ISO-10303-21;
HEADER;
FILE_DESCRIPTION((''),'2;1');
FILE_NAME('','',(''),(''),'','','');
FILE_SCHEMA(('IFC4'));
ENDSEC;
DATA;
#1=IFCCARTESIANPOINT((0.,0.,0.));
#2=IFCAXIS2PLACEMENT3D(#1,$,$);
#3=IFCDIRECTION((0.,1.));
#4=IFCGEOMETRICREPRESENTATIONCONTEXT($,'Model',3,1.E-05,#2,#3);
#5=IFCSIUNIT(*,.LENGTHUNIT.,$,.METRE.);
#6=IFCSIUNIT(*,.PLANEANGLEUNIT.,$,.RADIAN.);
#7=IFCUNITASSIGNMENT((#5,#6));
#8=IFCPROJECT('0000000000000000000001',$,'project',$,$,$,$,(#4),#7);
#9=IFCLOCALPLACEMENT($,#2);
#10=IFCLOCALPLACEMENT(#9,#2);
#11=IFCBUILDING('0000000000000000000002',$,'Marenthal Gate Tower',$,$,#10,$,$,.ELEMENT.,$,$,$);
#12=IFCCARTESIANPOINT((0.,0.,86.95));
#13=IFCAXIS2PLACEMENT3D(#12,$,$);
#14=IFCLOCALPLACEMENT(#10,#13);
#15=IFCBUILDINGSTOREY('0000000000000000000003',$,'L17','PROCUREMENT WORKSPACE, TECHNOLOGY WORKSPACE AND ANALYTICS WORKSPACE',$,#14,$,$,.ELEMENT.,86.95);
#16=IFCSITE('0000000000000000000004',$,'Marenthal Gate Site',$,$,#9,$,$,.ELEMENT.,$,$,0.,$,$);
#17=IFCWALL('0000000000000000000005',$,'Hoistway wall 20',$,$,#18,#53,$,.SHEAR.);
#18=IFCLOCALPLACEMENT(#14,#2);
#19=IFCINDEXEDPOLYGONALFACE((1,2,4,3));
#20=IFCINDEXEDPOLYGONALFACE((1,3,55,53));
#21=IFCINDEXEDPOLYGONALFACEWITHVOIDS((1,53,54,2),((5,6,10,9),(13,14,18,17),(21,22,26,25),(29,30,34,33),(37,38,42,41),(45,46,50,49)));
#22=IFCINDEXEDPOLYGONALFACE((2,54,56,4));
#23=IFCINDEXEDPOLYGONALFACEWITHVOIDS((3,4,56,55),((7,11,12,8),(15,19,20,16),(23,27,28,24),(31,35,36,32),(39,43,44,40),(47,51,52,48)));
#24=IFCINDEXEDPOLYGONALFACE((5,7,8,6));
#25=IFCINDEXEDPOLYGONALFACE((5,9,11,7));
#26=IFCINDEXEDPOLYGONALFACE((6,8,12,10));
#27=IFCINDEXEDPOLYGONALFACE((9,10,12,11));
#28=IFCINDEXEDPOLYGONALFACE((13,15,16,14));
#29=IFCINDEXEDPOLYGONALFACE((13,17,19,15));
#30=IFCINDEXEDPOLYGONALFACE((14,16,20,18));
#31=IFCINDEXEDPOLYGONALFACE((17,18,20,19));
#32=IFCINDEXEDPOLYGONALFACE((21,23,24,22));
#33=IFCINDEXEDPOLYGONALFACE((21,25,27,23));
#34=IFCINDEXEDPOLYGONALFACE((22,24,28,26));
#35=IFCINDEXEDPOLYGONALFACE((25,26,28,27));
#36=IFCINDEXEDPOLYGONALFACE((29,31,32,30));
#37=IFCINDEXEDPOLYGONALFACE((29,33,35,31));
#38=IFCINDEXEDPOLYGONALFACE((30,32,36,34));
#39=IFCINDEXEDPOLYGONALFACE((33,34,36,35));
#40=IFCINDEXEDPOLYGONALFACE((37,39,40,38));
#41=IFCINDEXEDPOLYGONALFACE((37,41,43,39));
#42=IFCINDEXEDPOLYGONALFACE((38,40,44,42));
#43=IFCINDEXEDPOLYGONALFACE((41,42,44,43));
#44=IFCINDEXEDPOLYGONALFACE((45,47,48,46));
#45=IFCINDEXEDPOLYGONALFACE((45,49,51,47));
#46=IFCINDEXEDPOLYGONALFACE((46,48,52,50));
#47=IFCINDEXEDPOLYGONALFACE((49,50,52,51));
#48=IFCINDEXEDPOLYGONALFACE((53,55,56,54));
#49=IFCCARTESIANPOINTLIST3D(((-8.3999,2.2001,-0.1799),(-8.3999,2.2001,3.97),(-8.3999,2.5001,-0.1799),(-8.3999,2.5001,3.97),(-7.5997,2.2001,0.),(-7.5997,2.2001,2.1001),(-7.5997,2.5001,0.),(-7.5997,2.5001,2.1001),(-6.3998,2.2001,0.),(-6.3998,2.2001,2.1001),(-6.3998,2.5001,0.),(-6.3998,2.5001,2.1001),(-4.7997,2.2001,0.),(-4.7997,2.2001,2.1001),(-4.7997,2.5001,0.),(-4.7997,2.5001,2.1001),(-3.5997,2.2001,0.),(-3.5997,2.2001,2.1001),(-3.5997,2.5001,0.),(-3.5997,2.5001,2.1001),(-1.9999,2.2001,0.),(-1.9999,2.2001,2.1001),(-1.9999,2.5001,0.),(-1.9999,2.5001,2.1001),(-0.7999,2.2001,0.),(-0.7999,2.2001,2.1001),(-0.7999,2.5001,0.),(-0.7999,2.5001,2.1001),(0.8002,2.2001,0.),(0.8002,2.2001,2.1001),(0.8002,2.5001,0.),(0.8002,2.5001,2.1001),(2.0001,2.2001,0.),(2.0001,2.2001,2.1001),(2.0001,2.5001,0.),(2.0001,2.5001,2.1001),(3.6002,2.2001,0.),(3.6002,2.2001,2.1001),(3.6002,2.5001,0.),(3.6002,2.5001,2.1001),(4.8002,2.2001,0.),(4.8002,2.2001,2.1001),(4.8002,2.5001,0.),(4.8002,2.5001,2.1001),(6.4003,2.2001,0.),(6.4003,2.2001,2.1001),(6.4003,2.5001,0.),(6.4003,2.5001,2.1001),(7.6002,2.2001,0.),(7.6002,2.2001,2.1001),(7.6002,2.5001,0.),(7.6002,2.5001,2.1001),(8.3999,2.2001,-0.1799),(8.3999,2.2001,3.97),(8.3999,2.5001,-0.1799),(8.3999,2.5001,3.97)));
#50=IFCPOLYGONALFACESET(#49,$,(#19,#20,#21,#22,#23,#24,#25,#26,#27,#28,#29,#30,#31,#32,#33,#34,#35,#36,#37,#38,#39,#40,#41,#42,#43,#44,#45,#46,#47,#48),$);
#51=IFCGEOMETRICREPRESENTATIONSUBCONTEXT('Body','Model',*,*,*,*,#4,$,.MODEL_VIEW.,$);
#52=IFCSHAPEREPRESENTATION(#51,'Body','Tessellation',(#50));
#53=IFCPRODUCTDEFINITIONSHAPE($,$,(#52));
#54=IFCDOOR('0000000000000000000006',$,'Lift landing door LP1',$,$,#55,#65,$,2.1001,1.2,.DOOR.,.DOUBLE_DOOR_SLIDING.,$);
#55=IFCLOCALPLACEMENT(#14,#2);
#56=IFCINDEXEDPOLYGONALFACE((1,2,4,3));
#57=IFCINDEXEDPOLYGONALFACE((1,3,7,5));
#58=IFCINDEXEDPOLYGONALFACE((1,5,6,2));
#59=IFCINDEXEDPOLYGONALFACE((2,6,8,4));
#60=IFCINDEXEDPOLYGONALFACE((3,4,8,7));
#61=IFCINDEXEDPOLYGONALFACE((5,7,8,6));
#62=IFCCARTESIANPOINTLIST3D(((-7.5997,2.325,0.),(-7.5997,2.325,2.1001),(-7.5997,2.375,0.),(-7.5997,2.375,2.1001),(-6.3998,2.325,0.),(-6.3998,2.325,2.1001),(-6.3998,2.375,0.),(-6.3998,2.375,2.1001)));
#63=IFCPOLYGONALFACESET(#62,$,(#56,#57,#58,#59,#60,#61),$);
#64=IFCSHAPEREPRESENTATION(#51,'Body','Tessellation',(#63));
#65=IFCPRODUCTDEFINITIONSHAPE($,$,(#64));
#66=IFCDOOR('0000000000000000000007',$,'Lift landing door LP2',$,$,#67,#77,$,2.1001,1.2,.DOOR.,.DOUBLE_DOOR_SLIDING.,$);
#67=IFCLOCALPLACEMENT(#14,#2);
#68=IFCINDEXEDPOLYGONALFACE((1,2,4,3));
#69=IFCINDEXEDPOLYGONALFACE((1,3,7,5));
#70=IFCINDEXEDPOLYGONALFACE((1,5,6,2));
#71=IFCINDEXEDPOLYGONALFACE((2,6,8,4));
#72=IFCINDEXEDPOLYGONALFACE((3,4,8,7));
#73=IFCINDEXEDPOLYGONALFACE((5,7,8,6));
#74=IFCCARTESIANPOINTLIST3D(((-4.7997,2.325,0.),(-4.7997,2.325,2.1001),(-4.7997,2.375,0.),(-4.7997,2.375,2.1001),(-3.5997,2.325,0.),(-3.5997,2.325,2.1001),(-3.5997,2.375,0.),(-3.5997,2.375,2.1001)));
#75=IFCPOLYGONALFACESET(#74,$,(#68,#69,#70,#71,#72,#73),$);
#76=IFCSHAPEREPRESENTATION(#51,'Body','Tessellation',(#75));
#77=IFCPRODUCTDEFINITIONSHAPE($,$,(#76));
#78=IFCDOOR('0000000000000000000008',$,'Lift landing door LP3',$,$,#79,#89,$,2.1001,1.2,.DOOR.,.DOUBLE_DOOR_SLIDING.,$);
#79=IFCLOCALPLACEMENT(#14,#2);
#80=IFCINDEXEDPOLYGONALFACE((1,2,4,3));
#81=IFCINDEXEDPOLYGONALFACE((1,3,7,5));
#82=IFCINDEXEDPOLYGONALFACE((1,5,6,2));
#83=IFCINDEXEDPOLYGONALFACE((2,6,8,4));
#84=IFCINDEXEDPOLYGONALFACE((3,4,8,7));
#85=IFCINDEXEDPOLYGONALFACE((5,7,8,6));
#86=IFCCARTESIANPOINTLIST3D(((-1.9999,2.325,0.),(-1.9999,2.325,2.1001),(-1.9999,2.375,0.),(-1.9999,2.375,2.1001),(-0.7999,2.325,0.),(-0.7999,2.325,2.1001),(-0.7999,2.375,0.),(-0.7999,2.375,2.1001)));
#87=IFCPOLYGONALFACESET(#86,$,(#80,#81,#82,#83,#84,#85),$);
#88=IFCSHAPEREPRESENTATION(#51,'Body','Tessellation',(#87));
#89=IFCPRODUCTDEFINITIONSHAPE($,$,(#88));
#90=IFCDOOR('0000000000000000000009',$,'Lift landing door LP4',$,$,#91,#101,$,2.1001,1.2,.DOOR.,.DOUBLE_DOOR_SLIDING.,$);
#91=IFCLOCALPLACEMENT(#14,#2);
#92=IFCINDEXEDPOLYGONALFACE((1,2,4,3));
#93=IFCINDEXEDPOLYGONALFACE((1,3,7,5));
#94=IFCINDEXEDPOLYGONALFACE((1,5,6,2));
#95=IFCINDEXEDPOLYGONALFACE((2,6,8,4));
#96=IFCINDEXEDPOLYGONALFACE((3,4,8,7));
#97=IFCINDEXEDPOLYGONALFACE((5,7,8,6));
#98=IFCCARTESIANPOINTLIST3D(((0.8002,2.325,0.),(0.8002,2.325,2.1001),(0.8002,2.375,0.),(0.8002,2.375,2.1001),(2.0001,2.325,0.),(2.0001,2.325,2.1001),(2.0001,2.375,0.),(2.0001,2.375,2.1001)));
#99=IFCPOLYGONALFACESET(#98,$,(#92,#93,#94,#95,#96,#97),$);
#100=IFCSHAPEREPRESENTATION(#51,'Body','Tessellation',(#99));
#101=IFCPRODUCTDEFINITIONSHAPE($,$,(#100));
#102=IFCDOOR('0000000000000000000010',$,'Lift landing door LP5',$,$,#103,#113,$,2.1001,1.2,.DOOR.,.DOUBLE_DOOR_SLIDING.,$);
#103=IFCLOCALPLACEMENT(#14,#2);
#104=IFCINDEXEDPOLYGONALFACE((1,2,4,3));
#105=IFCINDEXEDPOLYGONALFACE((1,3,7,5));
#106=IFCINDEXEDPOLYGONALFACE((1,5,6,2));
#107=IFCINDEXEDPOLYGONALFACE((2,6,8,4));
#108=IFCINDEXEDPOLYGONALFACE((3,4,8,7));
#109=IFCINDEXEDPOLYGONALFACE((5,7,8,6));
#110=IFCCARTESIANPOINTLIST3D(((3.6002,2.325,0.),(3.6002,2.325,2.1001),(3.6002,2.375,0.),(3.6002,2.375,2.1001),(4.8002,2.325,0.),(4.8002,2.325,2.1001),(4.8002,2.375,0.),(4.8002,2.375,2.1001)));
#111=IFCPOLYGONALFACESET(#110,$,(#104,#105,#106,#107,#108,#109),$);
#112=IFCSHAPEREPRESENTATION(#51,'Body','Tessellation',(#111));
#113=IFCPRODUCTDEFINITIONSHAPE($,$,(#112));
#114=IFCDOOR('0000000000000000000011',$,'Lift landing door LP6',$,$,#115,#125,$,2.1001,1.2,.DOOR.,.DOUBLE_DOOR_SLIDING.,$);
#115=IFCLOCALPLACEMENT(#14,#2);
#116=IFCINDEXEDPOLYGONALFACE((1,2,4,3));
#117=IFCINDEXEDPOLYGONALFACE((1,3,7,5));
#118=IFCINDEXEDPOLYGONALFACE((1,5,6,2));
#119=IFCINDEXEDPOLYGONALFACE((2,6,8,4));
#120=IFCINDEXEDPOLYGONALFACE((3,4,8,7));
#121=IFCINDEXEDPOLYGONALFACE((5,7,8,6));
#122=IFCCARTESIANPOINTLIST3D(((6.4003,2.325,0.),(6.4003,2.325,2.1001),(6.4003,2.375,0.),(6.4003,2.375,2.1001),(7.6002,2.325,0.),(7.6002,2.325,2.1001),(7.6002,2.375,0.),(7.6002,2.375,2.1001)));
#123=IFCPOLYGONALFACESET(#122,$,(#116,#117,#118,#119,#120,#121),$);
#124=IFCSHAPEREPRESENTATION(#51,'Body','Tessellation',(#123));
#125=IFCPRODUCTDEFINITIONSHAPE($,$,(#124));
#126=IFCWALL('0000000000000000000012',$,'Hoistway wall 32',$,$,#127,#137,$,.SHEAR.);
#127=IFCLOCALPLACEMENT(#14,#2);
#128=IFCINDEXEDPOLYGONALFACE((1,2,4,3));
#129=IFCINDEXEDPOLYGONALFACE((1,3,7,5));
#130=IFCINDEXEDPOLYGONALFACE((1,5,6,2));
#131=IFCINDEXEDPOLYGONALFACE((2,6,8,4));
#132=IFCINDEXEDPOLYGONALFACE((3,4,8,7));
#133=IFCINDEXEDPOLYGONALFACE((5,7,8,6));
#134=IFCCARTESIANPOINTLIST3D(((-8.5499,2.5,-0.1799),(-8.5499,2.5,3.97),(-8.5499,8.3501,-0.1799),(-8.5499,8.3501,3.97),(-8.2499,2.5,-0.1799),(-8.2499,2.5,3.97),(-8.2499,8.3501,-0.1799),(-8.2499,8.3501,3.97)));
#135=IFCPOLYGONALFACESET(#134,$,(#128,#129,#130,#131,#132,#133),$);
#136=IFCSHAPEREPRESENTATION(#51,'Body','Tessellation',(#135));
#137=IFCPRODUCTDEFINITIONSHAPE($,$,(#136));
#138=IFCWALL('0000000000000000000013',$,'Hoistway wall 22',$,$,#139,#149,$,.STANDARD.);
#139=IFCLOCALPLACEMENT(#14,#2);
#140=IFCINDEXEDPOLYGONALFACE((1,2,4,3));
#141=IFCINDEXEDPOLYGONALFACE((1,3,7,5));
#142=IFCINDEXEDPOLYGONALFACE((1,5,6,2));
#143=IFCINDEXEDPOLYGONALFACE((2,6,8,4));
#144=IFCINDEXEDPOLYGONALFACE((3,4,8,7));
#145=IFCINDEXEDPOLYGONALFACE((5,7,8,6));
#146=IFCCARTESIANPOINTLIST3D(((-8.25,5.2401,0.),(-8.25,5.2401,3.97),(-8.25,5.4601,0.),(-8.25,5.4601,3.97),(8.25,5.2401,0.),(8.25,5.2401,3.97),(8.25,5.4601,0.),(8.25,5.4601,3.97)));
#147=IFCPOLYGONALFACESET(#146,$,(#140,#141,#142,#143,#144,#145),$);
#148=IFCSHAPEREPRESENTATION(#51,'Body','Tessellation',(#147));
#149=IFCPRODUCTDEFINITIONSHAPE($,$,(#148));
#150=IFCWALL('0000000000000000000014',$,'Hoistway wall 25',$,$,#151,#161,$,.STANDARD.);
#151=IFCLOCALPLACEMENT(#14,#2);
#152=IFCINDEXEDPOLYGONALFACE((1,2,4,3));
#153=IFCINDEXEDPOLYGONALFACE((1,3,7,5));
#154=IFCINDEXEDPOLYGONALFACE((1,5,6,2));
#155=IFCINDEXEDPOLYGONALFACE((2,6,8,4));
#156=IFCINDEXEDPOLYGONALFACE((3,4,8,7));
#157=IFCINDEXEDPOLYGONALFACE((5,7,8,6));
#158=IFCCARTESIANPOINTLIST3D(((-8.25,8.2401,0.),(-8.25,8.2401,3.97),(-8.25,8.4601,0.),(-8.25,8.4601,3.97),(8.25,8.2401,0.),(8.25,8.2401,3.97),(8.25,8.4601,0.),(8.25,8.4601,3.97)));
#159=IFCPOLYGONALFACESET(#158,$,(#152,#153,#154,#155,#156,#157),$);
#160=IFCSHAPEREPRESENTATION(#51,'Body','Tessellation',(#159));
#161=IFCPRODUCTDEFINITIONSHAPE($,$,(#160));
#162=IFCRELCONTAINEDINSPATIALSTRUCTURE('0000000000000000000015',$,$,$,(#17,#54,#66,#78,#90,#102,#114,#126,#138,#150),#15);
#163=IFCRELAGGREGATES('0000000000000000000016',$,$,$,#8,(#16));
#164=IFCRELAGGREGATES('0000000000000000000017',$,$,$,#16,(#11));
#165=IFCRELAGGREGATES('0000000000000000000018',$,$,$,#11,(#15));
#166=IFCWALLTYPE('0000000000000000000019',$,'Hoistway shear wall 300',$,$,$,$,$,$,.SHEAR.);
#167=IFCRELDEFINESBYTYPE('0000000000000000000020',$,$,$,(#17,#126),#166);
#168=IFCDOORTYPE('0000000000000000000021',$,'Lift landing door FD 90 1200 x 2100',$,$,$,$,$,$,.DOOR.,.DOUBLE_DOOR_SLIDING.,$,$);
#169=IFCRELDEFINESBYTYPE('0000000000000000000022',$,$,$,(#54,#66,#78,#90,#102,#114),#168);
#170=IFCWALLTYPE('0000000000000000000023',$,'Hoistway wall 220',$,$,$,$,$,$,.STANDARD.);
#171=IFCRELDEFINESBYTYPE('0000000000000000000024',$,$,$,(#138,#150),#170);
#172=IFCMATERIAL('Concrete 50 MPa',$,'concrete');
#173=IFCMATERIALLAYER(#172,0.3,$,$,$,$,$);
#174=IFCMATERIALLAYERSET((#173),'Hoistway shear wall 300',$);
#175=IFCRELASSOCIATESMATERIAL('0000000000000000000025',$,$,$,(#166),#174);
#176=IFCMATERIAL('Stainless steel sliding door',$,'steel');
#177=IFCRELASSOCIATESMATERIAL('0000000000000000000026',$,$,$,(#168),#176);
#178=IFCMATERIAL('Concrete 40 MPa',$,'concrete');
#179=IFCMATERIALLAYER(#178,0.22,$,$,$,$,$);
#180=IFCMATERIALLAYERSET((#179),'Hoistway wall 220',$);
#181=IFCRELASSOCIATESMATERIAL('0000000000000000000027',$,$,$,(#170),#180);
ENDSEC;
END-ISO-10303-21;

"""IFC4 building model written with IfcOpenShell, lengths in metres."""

from ifc_helpers import new_model, si_unit, direction, frame, frame_2d, origin, place, context, subcontext, project, spatial, rectangle, extrude, material, layer, layer_set, type_object, element, fill, save


model = new_model("IFC4")

# Units and contexts
model_context = context("Model", 3, precision=1e-05, world=origin(), true_north=direction((0.0, 1.0)))
body_context = subcontext(model_context, "Body", "Model", "MODEL_VIEW")
ifc_project = project(units=[si_unit("LENGTHUNIT", "METRE"), si_unit("PLANEANGLEUNIT", "RADIAN")], contexts=[model_context])

# Site, building, storey
site_placement = place(None, origin())
site = spatial("IfcSite", under=ifc_project, at=site_placement, Name="Marenthal Gate Site", CompositionType="ELEMENT", RefElevation=0.0)
building_placement = place(site_placement, origin())
building = spatial("IfcBuilding", under=site, at=building_placement, Name="Marenthal Gate Tower", CompositionType="ELEMENT")
storey_placement = place(building_placement, frame((0.0, 0.0, 86.95)))
storey = spatial("IfcBuildingStorey", under=building, at=storey_placement, Name="L17", Description="PROCUREMENT WORKSPACE, TECHNOLOGY WORKSPACE AND ANALYTICS WORKSPACE", CompositionType="ELEMENT", Elevation=86.95)

# Wall, openings, doors
ifc_material_1 = material(Name="Concrete 50 MPa", Category="concrete")
ifc_layer_1 = layer(ifc_material_1, 0.3)
ifc_layer_set_1 = layer_set([ifc_layer_1], Name="Hoistway shear wall 300")
wall_type_1 = type_object("IfcWallType", Name="Hoistway shear wall 300", PredefinedType="SHEAR", material=ifc_layer_set_1)
wall_1_placement = place(storey_placement, frame((-8.3999, 2.3501, -0.1799), z_axis=(0.0, 0.0, 1.0), x_axis=(1.0, 0.0, 0.0)))
wall_1 = element("IfcWall", 1, at=wall_1_placement, inside=storey, type_object=wall_type_1, Name="Hoistway wall 20", PredefinedType="SHEAR", context=body_context, shape_type="SweptSolid", body=[
    extrude(rectangle(XDim=16.7998, YDim=0.3, at=frame_2d((8.3999, 0.0))), origin(), (0.0, 0.0, 1.0), 4.1499),
])
opening_1_placement = place(wall_1_placement, frame((0.8, 0.0, 0.1799)))
opening_1 = element("IfcOpeningElement", 2, at=opening_1_placement, cuts=wall_1, PredefinedType="OPENING", context=body_context, shape_type="SweptSolid", body=[
    extrude(rectangle(XDim=1.2, YDim=2.1001, at=frame_2d((0.6001, 1.05))), frame((0.0, 0.1602, 0.0), z_axis=(0.0, -1.0, 0.0), x_axis=(1.0, 0.0, 0.0)), (0.0, 0.0, 1.0), 0.3201),
])
opening_2_placement = place(wall_1_placement, frame((3.6001, 0.0, 0.1799)))
opening_2 = element("IfcOpeningElement", 3, at=opening_2_placement, cuts=wall_1, PredefinedType="OPENING", context=body_context, shape_type="SweptSolid", body=[
    extrude(rectangle(XDim=1.2, YDim=2.1001, at=frame_2d((0.6001, 1.05))), frame((0.0, 0.1602, 0.0), z_axis=(0.0, -1.0, 0.0), x_axis=(1.0, 0.0, 0.0)), (0.0, 0.0, 1.0), 0.3201),
])
opening_3_placement = place(wall_1_placement, frame((6.3999, 0.0, 0.1799)))
opening_3 = element("IfcOpeningElement", 4, at=opening_3_placement, cuts=wall_1, PredefinedType="OPENING", context=body_context, shape_type="SweptSolid", body=[
    extrude(rectangle(XDim=1.2, YDim=2.1001, at=frame_2d((0.6001, 1.05))), frame((0.0, 0.1602, 0.0), z_axis=(0.0, -1.0, 0.0), x_axis=(1.0, 0.0, 0.0)), (0.0, 0.0, 1.0), 0.3201),
])
opening_4_placement = place(wall_1_placement, frame((9.2, 0.0, 0.1799)))
opening_4 = element("IfcOpeningElement", 5, at=opening_4_placement, cuts=wall_1, PredefinedType="OPENING", context=body_context, shape_type="SweptSolid", body=[
    extrude(rectangle(XDim=1.2, YDim=2.1001, at=frame_2d((0.6001, 1.05))), frame((0.0, 0.1602, 0.0), z_axis=(0.0, -1.0, 0.0), x_axis=(1.0, 0.0, 0.0)), (0.0, 0.0, 1.0), 0.3201),
])
opening_5_placement = place(wall_1_placement, frame((12.0, 0.0, 0.1799)))
opening_5 = element("IfcOpeningElement", 6, at=opening_5_placement, cuts=wall_1, PredefinedType="OPENING", context=body_context, shape_type="SweptSolid", body=[
    extrude(rectangle(XDim=1.2, YDim=2.1001, at=frame_2d((0.6001, 1.05))), frame((0.0, 0.1602, 0.0), z_axis=(0.0, -1.0, 0.0), x_axis=(1.0, 0.0, 0.0)), (0.0, 0.0, 1.0), 0.3201),
])
opening_6_placement = place(wall_1_placement, frame((14.8, 0.0, 0.1799)))
opening_6 = element("IfcOpeningElement", 7, at=opening_6_placement, cuts=wall_1, PredefinedType="OPENING", context=body_context, shape_type="SweptSolid", body=[
    extrude(rectangle(XDim=1.2, YDim=2.1001, at=frame_2d((0.6001, 1.05))), frame((0.0, 0.1602, 0.0), z_axis=(0.0, -1.0, 0.0), x_axis=(1.0, 0.0, 0.0)), (0.0, 0.0, 1.0), 0.3201),
])
ifc_material_2 = material(Name="Stainless steel sliding door", Category="steel")
door_type_1 = type_object("IfcDoorType", Name="Lift landing door FD 90 1200 x 2100", OperationType="DOUBLE_DOOR_SLIDING", PredefinedType="DOOR", material=ifc_material_2)
door_1_placement = place(opening_1_placement, origin())
door_1 = element("IfcDoor", 8, at=door_1_placement, inside=storey, type_object=door_type_1, Name="Lift landing door LP1", OperationType="DOUBLE_DOOR_SLIDING", OverallHeight=2.1001, OverallWidth=1.2, PredefinedType="DOOR", context=body_context, shape_type="SweptSolid", body=[
    extrude(rectangle(XDim=1.2, YDim=2.1001, at=frame_2d((0.6001, 1.05))), frame((0.0, 0.0249, 0.0), z_axis=(0.0, -1.0, 0.0), x_axis=(1.0, 0.0, 0.0)), (0.0, 0.0, 1.0), 0.05),
])
fill(opening_1, door_1)
door_2_placement = place(opening_2_placement, origin())
door_2 = element("IfcDoor", 9, at=door_2_placement, inside=storey, type_object=door_type_1, Name="Lift landing door LP2", OperationType="DOUBLE_DOOR_SLIDING", OverallHeight=2.1001, OverallWidth=1.2, PredefinedType="DOOR", context=body_context, shape_type="SweptSolid", body=[
    extrude(rectangle(XDim=1.2, YDim=2.1001, at=frame_2d((0.6001, 1.05))), frame((0.0, 0.0249, 0.0), z_axis=(0.0, -1.0, 0.0), x_axis=(1.0, 0.0, 0.0)), (0.0, 0.0, 1.0), 0.05),
])
fill(opening_2, door_2)
door_3_placement = place(opening_3_placement, origin())
door_3 = element("IfcDoor", 10, at=door_3_placement, inside=storey, type_object=door_type_1, Name="Lift landing door LP3", OperationType="DOUBLE_DOOR_SLIDING", OverallHeight=2.1001, OverallWidth=1.2, PredefinedType="DOOR", context=body_context, shape_type="SweptSolid", body=[
    extrude(rectangle(XDim=1.2, YDim=2.1001, at=frame_2d((0.6001, 1.05))), frame((0.0, 0.0249, 0.0), z_axis=(0.0, -1.0, 0.0), x_axis=(1.0, 0.0, 0.0)), (0.0, 0.0, 1.0), 0.05),
])
fill(opening_3, door_3)
door_4_placement = place(opening_4_placement, origin())
door_4 = element("IfcDoor", 11, at=door_4_placement, inside=storey, type_object=door_type_1, Name="Lift landing door LP4", OperationType="DOUBLE_DOOR_SLIDING", OverallHeight=2.1001, OverallWidth=1.2, PredefinedType="DOOR", context=body_context, shape_type="SweptSolid", body=[
    extrude(rectangle(XDim=1.2, YDim=2.1001, at=frame_2d((0.6001, 1.05))), frame((0.0, 0.0249, 0.0), z_axis=(0.0, -1.0, 0.0), x_axis=(1.0, 0.0, 0.0)), (0.0, 0.0, 1.0), 0.05),
])
fill(opening_4, door_4)
door_5_placement = place(opening_5_placement, origin())
door_5 = element("IfcDoor", 12, at=door_5_placement, inside=storey, type_object=door_type_1, Name="Lift landing door LP5", OperationType="DOUBLE_DOOR_SLIDING", OverallHeight=2.1001, OverallWidth=1.2, PredefinedType="DOOR", context=body_context, shape_type="SweptSolid", body=[
    extrude(rectangle(XDim=1.2, YDim=2.1001, at=frame_2d((0.6001, 1.05))), frame((0.0, 0.0249, 0.0), z_axis=(0.0, -1.0, 0.0), x_axis=(1.0, 0.0, 0.0)), (0.0, 0.0, 1.0), 0.05),
])
fill(opening_5, door_5)
door_6_placement = place(opening_6_placement, origin())
door_6 = element("IfcDoor", 13, at=door_6_placement, inside=storey, type_object=door_type_1, Name="Lift landing door LP6", OperationType="DOUBLE_DOOR_SLIDING", OverallHeight=2.1001, OverallWidth=1.2, PredefinedType="DOOR", context=body_context, shape_type="SweptSolid", body=[
    extrude(rectangle(XDim=1.2, YDim=2.1001, at=frame_2d((0.6001, 1.05))), frame((0.0, 0.0249, 0.0), z_axis=(0.0, -1.0, 0.0), x_axis=(1.0, 0.0, 0.0)), (0.0, 0.0, 1.0), 0.05),
])
fill(opening_6, door_6)

# Walls
wall_2_placement = place(storey_placement, frame((-8.3999, 2.5, -0.1799), z_axis=(0.0, 0.0, 1.0), x_axis=(0.0, 1.0, 0.0)))
element("IfcWall", 14, at=wall_2_placement, inside=storey, type_object=wall_type_1, Name="Hoistway wall 32", PredefinedType="SHEAR", context=body_context, shape_type="SweptSolid", body=[
    extrude(rectangle(XDim=5.8501, YDim=0.3, at=frame_2d((2.925, 0.0))), origin(), (0.0, 0.0, 1.0), 4.1499),
])
ifc_material_3 = material(Name="Concrete 40 MPa", Category="concrete")
ifc_layer_2 = layer(ifc_material_3, 0.22)
ifc_layer_set_2 = layer_set([ifc_layer_2], Name="Hoistway wall 220")
wall_type_2 = type_object("IfcWallType", Name="Hoistway wall 220", PredefinedType="STANDARD", material=ifc_layer_set_2)
for number, where, z_axis, x_axis, name in (
    (15, (-8.25, 5.3501, 0.0), (0.0, 0.0, 1.0), (1.0, 0.0, 0.0), "Hoistway wall 22"),
    (16, (-8.25, 8.3501, 0.0), (0.0, 0.0, 1.0), (1.0, 0.0, 0.0), "Hoistway wall 25"),
):
    element("IfcWall", number, at=place(storey_placement, frame(where, z_axis=z_axis, x_axis=x_axis)), inside=storey, type_object=wall_type_2, Name=name, PredefinedType="STANDARD", context=body_context, shape_type="SweptSolid", body=[
        extrude(rectangle(XDim=16.5, YDim=0.22, at=frame_2d((8.25, 0.0))), origin(), (0.0, 0.0, 1.0), 3.97),
    ])

save(model, "model.ifc")
